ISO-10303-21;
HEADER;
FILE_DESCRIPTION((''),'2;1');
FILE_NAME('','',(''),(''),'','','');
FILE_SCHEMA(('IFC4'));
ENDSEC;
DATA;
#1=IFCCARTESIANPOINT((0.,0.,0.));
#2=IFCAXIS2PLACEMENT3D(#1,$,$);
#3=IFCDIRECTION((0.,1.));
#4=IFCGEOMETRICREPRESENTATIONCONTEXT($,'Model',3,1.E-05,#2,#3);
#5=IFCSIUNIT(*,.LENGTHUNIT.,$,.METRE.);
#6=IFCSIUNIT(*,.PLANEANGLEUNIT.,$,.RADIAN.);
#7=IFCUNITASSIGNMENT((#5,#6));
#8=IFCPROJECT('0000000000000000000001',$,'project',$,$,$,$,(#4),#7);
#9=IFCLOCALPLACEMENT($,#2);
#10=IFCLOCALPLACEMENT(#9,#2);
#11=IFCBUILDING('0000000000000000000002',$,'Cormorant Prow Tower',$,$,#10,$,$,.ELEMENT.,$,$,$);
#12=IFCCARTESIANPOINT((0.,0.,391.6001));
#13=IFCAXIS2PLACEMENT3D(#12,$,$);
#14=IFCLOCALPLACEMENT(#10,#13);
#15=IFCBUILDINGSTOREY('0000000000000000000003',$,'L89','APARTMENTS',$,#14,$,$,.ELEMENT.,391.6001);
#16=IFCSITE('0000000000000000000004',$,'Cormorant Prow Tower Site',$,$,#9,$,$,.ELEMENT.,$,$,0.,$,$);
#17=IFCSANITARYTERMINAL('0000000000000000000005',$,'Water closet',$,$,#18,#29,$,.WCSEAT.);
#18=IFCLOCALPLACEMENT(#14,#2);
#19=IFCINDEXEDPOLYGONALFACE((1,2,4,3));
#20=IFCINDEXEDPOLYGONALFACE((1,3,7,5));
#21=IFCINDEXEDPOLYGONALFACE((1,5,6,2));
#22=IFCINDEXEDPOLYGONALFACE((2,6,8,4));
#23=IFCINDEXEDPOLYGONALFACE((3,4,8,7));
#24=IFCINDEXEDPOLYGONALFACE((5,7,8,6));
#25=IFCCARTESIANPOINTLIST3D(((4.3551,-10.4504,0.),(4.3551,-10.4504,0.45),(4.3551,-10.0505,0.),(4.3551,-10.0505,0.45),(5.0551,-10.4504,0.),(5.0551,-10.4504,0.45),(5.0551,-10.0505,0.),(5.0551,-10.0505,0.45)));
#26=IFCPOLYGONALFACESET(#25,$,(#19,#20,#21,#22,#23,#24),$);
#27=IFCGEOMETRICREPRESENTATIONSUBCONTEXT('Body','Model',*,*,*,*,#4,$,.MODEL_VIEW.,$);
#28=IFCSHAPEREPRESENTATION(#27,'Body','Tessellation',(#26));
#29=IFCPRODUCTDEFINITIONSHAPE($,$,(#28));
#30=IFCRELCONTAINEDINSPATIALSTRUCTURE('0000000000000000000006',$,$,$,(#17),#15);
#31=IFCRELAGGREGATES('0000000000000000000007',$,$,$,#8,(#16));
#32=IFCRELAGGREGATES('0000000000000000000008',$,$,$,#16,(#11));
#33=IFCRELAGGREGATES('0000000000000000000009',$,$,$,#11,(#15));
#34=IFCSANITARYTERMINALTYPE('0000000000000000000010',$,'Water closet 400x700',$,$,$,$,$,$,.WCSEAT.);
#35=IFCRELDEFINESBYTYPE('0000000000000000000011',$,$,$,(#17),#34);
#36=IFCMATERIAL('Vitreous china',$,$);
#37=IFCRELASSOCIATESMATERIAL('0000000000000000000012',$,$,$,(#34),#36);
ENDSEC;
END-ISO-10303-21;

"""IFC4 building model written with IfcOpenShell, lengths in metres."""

from ifc_helpers import new_model, si_unit, direction, frame, origin, origin_2d, place, context, subcontext, project, spatial, rectangle, extrude, material, type_object, element, save


model = new_model("IFC4")

# Units and contexts
model_context = context("Model", 3, precision=1e-05, world=origin(), true_north=direction((0.0, 1.0)))
body_context = subcontext(model_context, "Body", "Model", "MODEL_VIEW")
ifc_project = project(units=[si_unit("LENGTHUNIT", "METRE"), si_unit("PLANEANGLEUNIT", "RADIAN")], contexts=[model_context])

# Site, building, storey
site_placement = place(None, origin())
site = spatial("IfcSite", under=ifc_project, at=site_placement, Name="Cormorant Prow Tower Site", CompositionType="ELEMENT", RefElevation=0.0)
building_placement = place(site_placement, origin())
building = spatial("IfcBuilding", under=site, at=building_placement, Name="Cormorant Prow Tower", CompositionType="ELEMENT")
storey_placement = place(building_placement, frame((0.0, 0.0, 391.6001)))
storey = spatial("IfcBuildingStorey", under=building, at=storey_placement, Name="L89", Description="APARTMENTS", CompositionType="ELEMENT", Elevation=391.6001)

# Sanitary terminal
ifc_material_1 = material(Name="Vitreous china")
sanitary_terminal_type_1 = type_object("IfcSanitaryTerminalType", Name="Water closet 400x700", PredefinedType="WCSEAT", material=ifc_material_1)
sanitary_terminal_1_placement = place(storey_placement, frame((4.7051, -10.2505, 0.0), z_axis=(0.0, 0.0, 1.0), x_axis=(0.0, -1.0, 0.0)))
element("IfcSanitaryTerminal", 1, at=sanitary_terminal_1_placement, inside=storey, type_object=sanitary_terminal_type_1, Name="Water closet", PredefinedType="WCSEAT", context=body_context, shape_type="SweptSolid", body=[
    extrude(rectangle(XDim=0.3999, YDim=0.7, at=origin_2d()), origin(), (0.0, 0.0, 1.0), 0.45),
])

save(model, "model.ifc")
